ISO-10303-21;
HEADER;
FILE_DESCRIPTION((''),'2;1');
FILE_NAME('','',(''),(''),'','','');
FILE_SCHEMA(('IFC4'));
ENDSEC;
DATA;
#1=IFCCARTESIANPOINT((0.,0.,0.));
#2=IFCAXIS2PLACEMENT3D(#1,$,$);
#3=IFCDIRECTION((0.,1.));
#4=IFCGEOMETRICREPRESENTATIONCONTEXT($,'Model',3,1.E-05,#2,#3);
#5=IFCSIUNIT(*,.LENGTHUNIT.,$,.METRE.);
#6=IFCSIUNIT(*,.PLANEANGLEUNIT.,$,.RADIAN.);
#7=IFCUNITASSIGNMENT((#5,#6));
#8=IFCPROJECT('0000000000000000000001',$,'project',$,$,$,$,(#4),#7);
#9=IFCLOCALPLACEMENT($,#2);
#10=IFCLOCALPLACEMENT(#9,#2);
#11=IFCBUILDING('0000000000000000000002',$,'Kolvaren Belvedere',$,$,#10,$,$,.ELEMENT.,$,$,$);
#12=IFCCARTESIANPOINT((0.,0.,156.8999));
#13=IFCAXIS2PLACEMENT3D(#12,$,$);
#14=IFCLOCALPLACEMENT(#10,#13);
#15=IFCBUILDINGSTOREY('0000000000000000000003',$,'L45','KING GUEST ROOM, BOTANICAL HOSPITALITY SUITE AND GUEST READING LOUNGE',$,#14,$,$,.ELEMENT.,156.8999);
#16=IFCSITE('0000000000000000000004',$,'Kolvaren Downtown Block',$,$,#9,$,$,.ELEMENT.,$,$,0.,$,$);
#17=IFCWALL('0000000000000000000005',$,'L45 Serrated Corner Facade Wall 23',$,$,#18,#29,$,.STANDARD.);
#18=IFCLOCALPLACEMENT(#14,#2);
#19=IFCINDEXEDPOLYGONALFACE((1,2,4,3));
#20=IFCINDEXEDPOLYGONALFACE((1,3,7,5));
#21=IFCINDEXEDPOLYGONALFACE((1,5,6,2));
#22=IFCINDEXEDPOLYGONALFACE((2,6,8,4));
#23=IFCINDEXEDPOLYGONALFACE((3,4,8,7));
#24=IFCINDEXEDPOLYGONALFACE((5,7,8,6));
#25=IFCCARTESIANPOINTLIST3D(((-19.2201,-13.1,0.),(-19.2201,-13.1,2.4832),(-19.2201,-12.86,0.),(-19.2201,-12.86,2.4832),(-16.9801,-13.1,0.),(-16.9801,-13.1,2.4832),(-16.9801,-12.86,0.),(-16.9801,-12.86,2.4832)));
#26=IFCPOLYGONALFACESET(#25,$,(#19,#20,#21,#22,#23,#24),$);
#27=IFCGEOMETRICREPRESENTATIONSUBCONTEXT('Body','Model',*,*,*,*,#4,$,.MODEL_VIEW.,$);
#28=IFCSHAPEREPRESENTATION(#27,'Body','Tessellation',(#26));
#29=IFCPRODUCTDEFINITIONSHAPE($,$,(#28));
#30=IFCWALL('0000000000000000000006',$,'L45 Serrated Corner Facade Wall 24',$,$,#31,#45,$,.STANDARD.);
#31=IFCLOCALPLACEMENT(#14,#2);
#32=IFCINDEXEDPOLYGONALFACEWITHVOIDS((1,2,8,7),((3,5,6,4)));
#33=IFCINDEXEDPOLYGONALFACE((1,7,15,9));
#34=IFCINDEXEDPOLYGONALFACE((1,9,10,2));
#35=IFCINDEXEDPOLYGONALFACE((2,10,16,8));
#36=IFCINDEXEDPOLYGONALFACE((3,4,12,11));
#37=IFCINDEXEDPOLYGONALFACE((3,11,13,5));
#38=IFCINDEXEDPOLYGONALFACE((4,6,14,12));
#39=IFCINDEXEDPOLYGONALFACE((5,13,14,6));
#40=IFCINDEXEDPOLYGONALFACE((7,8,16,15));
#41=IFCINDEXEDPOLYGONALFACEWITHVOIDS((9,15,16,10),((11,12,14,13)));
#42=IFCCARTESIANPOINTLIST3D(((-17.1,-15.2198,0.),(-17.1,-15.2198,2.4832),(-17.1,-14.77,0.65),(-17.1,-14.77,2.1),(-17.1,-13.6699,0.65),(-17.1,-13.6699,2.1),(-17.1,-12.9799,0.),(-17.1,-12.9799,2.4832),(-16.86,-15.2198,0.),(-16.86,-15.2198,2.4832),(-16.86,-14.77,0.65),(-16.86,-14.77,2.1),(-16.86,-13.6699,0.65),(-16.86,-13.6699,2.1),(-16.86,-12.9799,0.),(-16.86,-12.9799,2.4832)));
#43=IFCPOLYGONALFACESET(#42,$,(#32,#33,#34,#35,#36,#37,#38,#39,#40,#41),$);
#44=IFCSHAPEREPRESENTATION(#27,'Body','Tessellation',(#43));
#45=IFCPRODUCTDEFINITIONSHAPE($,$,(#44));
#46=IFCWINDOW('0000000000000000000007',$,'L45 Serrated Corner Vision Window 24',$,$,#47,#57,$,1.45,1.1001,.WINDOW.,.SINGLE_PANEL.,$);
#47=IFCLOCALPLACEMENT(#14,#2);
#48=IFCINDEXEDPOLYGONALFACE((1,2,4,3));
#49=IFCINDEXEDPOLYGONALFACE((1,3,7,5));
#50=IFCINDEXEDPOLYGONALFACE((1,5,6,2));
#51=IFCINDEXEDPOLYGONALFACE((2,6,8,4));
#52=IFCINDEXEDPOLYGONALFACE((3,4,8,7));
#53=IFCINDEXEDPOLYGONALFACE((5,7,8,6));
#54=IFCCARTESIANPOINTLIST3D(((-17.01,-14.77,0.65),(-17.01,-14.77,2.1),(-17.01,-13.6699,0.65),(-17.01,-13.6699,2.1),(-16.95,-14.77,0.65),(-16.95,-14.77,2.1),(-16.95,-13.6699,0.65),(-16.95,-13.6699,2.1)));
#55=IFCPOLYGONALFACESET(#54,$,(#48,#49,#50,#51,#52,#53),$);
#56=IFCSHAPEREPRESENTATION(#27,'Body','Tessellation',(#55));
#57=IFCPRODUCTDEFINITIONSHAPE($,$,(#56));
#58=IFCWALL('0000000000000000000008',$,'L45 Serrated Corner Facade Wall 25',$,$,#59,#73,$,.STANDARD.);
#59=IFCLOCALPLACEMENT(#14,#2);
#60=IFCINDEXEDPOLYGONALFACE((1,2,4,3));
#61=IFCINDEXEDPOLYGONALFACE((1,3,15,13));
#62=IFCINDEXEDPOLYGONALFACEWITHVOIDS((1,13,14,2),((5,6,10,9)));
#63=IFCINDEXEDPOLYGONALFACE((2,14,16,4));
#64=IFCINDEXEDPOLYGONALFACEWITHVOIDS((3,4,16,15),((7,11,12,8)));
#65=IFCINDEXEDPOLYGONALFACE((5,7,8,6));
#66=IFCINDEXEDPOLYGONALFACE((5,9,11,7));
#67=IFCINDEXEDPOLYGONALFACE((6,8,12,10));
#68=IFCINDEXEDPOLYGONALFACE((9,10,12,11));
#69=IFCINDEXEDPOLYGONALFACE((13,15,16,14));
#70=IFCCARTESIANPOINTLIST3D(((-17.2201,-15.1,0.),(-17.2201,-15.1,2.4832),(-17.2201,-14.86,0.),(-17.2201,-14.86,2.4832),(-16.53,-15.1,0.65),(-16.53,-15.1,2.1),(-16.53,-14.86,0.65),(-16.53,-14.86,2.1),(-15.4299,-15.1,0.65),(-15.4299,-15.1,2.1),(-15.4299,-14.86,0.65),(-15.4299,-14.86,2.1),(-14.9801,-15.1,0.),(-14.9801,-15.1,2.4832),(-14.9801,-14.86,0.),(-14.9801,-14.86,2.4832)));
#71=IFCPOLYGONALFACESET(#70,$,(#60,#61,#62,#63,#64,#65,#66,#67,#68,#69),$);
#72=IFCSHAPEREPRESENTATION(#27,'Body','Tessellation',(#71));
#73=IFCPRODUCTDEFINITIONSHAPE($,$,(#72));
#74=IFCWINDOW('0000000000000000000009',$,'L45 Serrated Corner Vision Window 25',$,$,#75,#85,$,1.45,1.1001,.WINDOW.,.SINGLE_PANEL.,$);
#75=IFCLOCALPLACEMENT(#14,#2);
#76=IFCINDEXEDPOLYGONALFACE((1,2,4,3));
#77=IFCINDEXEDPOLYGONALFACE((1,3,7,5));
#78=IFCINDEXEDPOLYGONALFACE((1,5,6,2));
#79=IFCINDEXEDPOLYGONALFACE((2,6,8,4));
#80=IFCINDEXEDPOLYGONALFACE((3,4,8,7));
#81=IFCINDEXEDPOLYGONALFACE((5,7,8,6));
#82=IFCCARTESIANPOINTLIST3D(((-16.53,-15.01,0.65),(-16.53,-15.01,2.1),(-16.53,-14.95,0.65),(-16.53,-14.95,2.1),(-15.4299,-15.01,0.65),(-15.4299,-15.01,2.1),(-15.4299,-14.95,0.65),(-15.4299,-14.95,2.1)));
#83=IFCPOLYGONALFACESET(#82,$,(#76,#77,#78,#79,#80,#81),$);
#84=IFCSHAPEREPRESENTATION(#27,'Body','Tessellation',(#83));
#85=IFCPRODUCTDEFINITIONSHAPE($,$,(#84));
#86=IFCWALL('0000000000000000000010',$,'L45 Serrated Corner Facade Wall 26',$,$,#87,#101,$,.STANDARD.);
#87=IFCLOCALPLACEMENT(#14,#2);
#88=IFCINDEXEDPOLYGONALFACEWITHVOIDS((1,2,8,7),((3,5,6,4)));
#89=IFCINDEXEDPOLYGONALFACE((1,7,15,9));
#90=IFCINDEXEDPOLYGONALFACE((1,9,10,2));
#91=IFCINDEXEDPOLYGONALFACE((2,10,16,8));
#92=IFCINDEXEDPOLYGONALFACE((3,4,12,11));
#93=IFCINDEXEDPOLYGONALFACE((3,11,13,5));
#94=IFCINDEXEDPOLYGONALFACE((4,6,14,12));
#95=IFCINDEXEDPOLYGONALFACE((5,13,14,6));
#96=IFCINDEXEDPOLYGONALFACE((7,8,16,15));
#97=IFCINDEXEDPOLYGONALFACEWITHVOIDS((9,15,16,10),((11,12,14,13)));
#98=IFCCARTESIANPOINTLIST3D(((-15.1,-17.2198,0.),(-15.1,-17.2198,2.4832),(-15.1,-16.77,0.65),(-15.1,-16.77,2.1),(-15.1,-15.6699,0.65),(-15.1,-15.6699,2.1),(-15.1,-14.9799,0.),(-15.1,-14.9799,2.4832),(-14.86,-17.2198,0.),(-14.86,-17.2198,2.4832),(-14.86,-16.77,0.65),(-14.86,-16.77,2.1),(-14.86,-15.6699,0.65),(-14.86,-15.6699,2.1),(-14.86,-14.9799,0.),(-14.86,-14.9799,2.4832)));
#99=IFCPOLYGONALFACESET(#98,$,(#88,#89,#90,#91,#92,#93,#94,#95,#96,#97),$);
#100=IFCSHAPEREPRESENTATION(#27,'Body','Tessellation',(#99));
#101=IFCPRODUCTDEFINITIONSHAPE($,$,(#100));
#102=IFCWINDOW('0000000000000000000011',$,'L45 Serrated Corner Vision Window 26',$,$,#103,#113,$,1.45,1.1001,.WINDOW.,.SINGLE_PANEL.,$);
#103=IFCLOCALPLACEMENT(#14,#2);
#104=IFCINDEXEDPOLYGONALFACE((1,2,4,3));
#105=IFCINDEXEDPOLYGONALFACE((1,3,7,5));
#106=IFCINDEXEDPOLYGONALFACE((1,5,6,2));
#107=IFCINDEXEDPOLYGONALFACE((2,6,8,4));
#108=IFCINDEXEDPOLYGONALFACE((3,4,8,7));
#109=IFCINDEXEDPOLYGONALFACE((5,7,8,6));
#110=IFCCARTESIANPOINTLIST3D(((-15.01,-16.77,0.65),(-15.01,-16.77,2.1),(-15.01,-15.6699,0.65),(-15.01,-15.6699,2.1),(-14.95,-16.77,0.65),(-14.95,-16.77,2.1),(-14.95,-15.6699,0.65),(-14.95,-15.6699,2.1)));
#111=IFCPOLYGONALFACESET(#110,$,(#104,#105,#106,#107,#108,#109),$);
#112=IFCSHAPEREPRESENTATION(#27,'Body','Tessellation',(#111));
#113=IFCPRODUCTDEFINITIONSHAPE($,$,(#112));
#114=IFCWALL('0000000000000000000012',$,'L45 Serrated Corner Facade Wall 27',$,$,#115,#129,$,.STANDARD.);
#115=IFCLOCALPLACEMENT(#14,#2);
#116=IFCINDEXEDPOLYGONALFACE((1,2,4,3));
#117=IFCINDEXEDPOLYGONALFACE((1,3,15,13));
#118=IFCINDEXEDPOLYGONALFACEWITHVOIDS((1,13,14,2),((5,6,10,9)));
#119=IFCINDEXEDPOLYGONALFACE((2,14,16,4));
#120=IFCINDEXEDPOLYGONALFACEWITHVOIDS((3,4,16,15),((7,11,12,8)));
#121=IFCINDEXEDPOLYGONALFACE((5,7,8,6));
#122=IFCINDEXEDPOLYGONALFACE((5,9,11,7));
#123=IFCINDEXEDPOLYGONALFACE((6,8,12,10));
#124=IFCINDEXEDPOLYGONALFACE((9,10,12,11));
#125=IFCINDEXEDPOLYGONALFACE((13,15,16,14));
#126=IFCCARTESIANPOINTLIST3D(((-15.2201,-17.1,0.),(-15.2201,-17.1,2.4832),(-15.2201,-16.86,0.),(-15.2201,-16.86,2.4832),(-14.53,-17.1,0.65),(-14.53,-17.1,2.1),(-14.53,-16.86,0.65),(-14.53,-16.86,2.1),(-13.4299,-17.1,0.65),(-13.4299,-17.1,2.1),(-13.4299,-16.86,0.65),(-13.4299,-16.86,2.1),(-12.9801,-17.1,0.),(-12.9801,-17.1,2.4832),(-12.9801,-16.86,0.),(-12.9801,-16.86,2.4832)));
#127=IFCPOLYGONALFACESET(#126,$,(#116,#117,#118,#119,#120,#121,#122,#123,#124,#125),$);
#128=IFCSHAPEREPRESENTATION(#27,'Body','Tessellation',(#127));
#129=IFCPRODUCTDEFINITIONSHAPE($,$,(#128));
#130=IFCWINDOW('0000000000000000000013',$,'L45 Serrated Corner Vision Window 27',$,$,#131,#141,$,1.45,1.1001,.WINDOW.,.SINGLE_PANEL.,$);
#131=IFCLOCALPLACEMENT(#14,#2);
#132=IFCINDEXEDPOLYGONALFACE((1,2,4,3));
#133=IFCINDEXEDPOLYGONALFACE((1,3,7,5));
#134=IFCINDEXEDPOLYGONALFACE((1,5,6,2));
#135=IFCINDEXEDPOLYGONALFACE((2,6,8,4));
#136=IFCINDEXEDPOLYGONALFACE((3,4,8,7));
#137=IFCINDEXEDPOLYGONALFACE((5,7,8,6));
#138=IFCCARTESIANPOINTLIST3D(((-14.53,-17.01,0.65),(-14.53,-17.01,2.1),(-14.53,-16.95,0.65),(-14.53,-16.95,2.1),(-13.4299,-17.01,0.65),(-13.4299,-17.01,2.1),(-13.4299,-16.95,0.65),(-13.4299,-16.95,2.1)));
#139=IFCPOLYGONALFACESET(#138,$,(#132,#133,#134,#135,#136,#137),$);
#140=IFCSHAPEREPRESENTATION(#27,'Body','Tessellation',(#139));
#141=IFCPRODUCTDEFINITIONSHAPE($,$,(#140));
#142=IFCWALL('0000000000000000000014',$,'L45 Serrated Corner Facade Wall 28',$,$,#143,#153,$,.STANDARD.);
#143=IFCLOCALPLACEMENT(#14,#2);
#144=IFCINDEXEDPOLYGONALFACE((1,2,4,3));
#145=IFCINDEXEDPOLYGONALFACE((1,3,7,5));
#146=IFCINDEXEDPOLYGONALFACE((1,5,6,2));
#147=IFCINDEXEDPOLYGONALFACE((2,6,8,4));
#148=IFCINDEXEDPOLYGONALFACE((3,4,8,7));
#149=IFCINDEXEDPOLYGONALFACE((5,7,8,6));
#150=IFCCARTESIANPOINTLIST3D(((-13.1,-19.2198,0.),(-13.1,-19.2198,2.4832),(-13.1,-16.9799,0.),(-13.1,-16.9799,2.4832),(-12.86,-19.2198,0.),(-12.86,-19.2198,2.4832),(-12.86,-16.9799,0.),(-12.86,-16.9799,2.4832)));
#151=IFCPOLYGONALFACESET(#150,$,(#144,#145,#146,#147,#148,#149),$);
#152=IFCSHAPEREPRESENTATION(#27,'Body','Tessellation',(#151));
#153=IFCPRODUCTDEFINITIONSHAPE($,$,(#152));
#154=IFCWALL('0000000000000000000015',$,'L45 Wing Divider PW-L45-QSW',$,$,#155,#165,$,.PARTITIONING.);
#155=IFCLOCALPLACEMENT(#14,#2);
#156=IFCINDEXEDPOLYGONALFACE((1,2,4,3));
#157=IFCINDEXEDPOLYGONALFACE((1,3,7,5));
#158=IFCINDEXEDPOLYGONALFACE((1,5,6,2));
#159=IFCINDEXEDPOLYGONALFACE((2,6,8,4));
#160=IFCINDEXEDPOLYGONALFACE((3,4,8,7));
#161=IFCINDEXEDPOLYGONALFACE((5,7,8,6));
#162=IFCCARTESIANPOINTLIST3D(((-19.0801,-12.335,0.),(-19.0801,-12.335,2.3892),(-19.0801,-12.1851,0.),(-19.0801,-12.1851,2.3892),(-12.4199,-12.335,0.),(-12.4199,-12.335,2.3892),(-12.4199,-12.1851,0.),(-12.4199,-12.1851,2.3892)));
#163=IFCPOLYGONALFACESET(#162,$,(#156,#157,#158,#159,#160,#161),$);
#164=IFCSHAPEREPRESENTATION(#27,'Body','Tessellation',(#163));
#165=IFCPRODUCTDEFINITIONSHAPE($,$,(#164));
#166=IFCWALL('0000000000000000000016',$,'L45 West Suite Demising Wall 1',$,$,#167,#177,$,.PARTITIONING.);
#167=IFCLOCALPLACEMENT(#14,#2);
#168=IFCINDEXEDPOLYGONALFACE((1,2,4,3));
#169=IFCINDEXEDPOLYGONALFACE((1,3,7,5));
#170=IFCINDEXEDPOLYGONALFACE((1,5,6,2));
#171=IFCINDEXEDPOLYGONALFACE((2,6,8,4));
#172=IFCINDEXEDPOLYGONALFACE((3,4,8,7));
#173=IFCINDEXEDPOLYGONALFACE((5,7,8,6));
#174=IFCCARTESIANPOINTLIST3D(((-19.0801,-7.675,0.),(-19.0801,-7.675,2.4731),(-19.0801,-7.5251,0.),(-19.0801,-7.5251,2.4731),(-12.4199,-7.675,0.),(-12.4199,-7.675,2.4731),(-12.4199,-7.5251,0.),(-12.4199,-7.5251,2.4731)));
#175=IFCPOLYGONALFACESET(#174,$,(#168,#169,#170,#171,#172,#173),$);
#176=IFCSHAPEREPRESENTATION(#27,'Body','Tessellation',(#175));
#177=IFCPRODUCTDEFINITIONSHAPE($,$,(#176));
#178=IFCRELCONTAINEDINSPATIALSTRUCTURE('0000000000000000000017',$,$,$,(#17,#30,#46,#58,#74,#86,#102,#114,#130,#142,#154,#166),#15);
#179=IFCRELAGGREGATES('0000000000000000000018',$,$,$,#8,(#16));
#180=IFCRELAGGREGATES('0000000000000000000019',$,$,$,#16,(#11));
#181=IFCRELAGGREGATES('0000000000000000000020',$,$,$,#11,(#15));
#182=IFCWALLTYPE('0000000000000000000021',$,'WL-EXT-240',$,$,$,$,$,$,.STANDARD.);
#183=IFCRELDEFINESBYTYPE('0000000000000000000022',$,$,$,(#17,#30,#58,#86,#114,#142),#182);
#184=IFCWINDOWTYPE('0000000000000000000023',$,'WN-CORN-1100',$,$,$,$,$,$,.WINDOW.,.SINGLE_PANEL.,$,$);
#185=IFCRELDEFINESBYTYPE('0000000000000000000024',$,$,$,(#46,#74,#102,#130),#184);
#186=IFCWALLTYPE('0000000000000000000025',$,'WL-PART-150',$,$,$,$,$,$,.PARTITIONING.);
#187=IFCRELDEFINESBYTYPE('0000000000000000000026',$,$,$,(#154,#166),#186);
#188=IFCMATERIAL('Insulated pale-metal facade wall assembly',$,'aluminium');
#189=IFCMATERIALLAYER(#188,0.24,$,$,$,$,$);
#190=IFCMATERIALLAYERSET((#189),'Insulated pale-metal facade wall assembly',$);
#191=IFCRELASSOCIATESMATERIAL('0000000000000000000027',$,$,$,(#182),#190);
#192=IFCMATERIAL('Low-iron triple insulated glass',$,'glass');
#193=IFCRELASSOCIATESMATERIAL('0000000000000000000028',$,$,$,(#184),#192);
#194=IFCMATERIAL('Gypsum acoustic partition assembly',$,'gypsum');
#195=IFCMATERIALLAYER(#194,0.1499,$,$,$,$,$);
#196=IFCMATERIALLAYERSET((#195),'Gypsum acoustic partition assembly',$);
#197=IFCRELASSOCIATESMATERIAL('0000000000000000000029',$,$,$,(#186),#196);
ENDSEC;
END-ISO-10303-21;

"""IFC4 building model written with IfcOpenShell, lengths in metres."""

from ifc_helpers import new_model, si_unit, direction, frame, frame_2d, origin, place, context, subcontext, project, spatial, rectangle, extrude, material, layer, layer_set, type_object, element, fill, save


model = new_model("IFC4")

# Units and contexts
model_context = context("Model", 3, precision=1e-05, world=origin(), true_north=direction((0.0, 1.0)))
body_context = subcontext(model_context, "Body", "Model", "MODEL_VIEW")
ifc_project = project(units=[si_unit("LENGTHUNIT", "METRE"), si_unit("PLANEANGLEUNIT", "RADIAN")], contexts=[model_context])

# Site, building, storey
site_placement = place(None, origin())
site = spatial("IfcSite", under=ifc_project, at=site_placement, Name="Kolvaren Downtown Block", CompositionType="ELEMENT", RefElevation=0.0)
building_placement = place(site_placement, origin())
building = spatial("IfcBuilding", under=site, at=building_placement, Name="Kolvaren Belvedere", CompositionType="ELEMENT")
storey_placement = place(building_placement, frame((0.0, 0.0, 156.8999)))
storey = spatial("IfcBuildingStorey", under=building, at=storey_placement, Name="L45", Description="KING GUEST ROOM, BOTANICAL HOSPITALITY SUITE AND GUEST READING LOUNGE", CompositionType="ELEMENT", Elevation=156.8999)

# Wall
ifc_material_1 = material(Name="Insulated pale-metal facade wall assembly", Category="aluminium")
ifc_layer_1 = layer(ifc_material_1, 0.24)
ifc_layer_set_1 = layer_set([ifc_layer_1], Name="Insulated pale-metal facade wall assembly")
wall_type_1 = type_object("IfcWallType", Name="WL-EXT-240", PredefinedType="STANDARD", material=ifc_layer_set_1)
wall_1_placement = place(storey_placement, frame((-16.98, -12.98, 0.0), z_axis=(0.0, 0.0, 1.0), x_axis=(-1.0, 0.0, 0.0)))
element("IfcWall", 1, at=wall_1_placement, inside=storey, type_object=wall_type_1, Name="L45 Serrated Corner Facade Wall 23", PredefinedType="STANDARD", context=body_context, shape_type="SweptSolid", body=[
    extrude(rectangle(XDim=2.24, YDim=0.24, at=frame_2d((1.1201, 0.0))), origin(), (0.0, 0.0, 1.0), 2.4832),
])

# Walls, openings, windows
wall_2_placement = place(storey_placement, frame((-16.98, -15.22, 0.0), z_axis=(0.0, 0.0, 1.0), x_axis=(0.0, 1.0, 0.0)))
wall_2 = element("IfcWall", 2, at=wall_2_placement, inside=storey, type_object=wall_type_1, Name="L45 Serrated Corner Facade Wall 24", PredefinedType="STANDARD", context=body_context, shape_type="SweptSolid", body=[
    extrude(rectangle(XDim=2.24, YDim=0.24, at=frame_2d((1.1201, 0.0))), origin(), (0.0, 0.0, 1.0), 2.4832),
])
opening_1_placement = place(wall_2_placement, frame((0.45, 0.0, 0.6499)))
opening_1 = element("IfcOpeningElement", 3, at=opening_1_placement, cuts=wall_2, PredefinedType="OPENING", context=body_context, shape_type="SweptSolid", body=[
    extrude(rectangle(XDim=1.1001, YDim=1.45, at=frame_2d((0.55, 0.7251))), frame((0.0, 0.1299, 0.0), z_axis=(0.0, -1.0, 0.0), x_axis=(1.0, 0.0, 0.0)), (0.0, 0.0, 1.0), 0.26),
])
ifc_material_2 = material(Name="Low-iron triple insulated glass", Category="glass")
window_type = type_object("IfcWindowType", Name="WN-CORN-1100", PartitioningType="SINGLE_PANEL", PredefinedType="WINDOW", material=ifc_material_2)
window_1_placement = place(opening_1_placement, origin())
window_1 = element("IfcWindow", 4, at=window_1_placement, inside=storey, type_object=window_type, Name="L45 Serrated Corner Vision Window 24", OverallHeight=1.45, OverallWidth=1.1001, PartitioningType="SINGLE_PANEL", PredefinedType="WINDOW", context=body_context, shape_type="SweptSolid", body=[
    extrude(rectangle(XDim=1.1001, YDim=1.45, at=frame_2d((0.55, 0.7251))), frame((0.0, 0.03, 0.0), z_axis=(0.0, -1.0, 0.0), x_axis=(1.0, 0.0, 0.0)), (0.0, 0.0, 1.0), 0.0601),
])
fill(opening_1, window_1)
wall_3_placement = place(storey_placement, frame((-14.98, -14.98, 0.0), z_axis=(0.0, 0.0, 1.0), x_axis=(-1.0, 0.0, 0.0)))
wall_3 = element("IfcWall", 5, at=wall_3_placement, inside=storey, type_object=wall_type_1, Name="L45 Serrated Corner Facade Wall 25", PredefinedType="STANDARD", context=body_context, shape_type="SweptSolid", body=[
    extrude(rectangle(XDim=2.24, YDim=0.24, at=frame_2d((1.1201, 0.0))), origin(), (0.0, 0.0, 1.0), 2.4832),
])
opening_2_placement = place(wall_3_placement, frame((0.45, 0.0, 0.6499)))
opening_2 = element("IfcOpeningElement", 6, at=opening_2_placement, cuts=wall_3, PredefinedType="OPENING", context=body_context, shape_type="SweptSolid", body=[
    extrude(rectangle(XDim=1.1001, YDim=1.45, at=frame_2d((0.55, 0.7251))), frame((0.0, 0.1299, 0.0), z_axis=(0.0, -1.0, 0.0), x_axis=(1.0, 0.0, 0.0)), (0.0, 0.0, 1.0), 0.26),
])
window_2_placement = place(opening_2_placement, origin())
window_2 = element("IfcWindow", 7, at=window_2_placement, inside=storey, type_object=window_type, Name="L45 Serrated Corner Vision Window 25", OverallHeight=1.45, OverallWidth=1.1001, PartitioningType="SINGLE_PANEL", PredefinedType="WINDOW", context=body_context, shape_type="SweptSolid", body=[
    extrude(rectangle(XDim=1.1001, YDim=1.45, at=frame_2d((0.55, 0.7251))), frame((0.0, 0.03, 0.0), z_axis=(0.0, -1.0, 0.0), x_axis=(1.0, 0.0, 0.0)), (0.0, 0.0, 1.0), 0.0601),
])
fill(opening_2, window_2)
wall_4_placement = place(storey_placement, frame((-14.98, -17.22, 0.0), z_axis=(0.0, 0.0, 1.0), x_axis=(0.0, 1.0, 0.0)))
wall_4 = element("IfcWall", 8, at=wall_4_placement, inside=storey, type_object=wall_type_1, Name="L45 Serrated Corner Facade Wall 26", PredefinedType="STANDARD", context=body_context, shape_type="SweptSolid", body=[
    extrude(rectangle(XDim=2.24, YDim=0.24, at=frame_2d((1.1201, 0.0))), origin(), (0.0, 0.0, 1.0), 2.4832),
])
opening_3_placement = place(wall_4_placement, frame((0.45, 0.0, 0.6499)))
opening_3 = element("IfcOpeningElement", 9, at=opening_3_placement, cuts=wall_4, PredefinedType="OPENING", context=body_context, shape_type="SweptSolid", body=[
    extrude(rectangle(XDim=1.1001, YDim=1.45, at=frame_2d((0.55, 0.7251))), frame((0.0, 0.1299, 0.0), z_axis=(0.0, -1.0, 0.0), x_axis=(1.0, 0.0, 0.0)), (0.0, 0.0, 1.0), 0.26),
])
window_3_placement = place(opening_3_placement, origin())
window_3 = element("IfcWindow", 10, at=window_3_placement, inside=storey, type_object=window_type, Name="L45 Serrated Corner Vision Window 26", OverallHeight=1.45, OverallWidth=1.1001, PartitioningType="SINGLE_PANEL", PredefinedType="WINDOW", context=body_context, shape_type="SweptSolid", body=[
    extrude(rectangle(XDim=1.1001, YDim=1.45, at=frame_2d((0.55, 0.7251))), frame((0.0, 0.03, 0.0), z_axis=(0.0, -1.0, 0.0), x_axis=(1.0, 0.0, 0.0)), (0.0, 0.0, 1.0), 0.0601),
])
fill(opening_3, window_3)
wall_5_placement = place(storey_placement, frame((-12.98, -16.98, 0.0), z_axis=(0.0, 0.0, 1.0), x_axis=(-1.0, 0.0, 0.0)))
wall_5 = element("IfcWall", 11, at=wall_5_placement, inside=storey, type_object=wall_type_1, Name="L45 Serrated Corner Facade Wall 27", PredefinedType="STANDARD", context=body_context, shape_type="SweptSolid", body=[
    extrude(rectangle(XDim=2.24, YDim=0.24, at=frame_2d((1.1201, 0.0))), origin(), (0.0, 0.0, 1.0), 2.4832),
])
opening_4_placement = place(wall_5_placement, frame((0.45, 0.0, 0.6499)))
opening_4 = element("IfcOpeningElement", 12, at=opening_4_placement, cuts=wall_5, PredefinedType="OPENING", context=body_context, shape_type="SweptSolid", body=[
    extrude(rectangle(XDim=1.1001, YDim=1.45, at=frame_2d((0.55, 0.7251))), frame((0.0, 0.1299, 0.0), z_axis=(0.0, -1.0, 0.0), x_axis=(1.0, 0.0, 0.0)), (0.0, 0.0, 1.0), 0.26),
])
window_4_placement = place(opening_4_placement, origin())
window_4 = element("IfcWindow", 13, at=window_4_placement, inside=storey, type_object=window_type, Name="L45 Serrated Corner Vision Window 27", OverallHeight=1.45, OverallWidth=1.1001, PartitioningType="SINGLE_PANEL", PredefinedType="WINDOW", context=body_context, shape_type="SweptSolid", body=[
    extrude(rectangle(XDim=1.1001, YDim=1.45, at=frame_2d((0.55, 0.7251))), frame((0.0, 0.03, 0.0), z_axis=(0.0, -1.0, 0.0), x_axis=(1.0, 0.0, 0.0)), (0.0, 0.0, 1.0), 0.0601),
])
fill(opening_4, window_4)

# Walls
wall_6_placement = place(storey_placement, frame((-12.98, -19.22, 0.0), z_axis=(0.0, 0.0, 1.0), x_axis=(0.0, 1.0, 0.0)))
element("IfcWall", 14, at=wall_6_placement, inside=storey, type_object=wall_type_1, Name="L45 Serrated Corner Facade Wall 28", PredefinedType="STANDARD", context=body_context, shape_type="SweptSolid", body=[
    extrude(rectangle(XDim=2.24, YDim=0.24, at=frame_2d((1.1201, 0.0))), origin(), (0.0, 0.0, 1.0), 2.4832),
])
ifc_material_3 = material(Name="Gypsum acoustic partition assembly", Category="gypsum")
ifc_layer_2 = layer(ifc_material_3, 0.1499)
ifc_layer_set_2 = layer_set([ifc_layer_2], Name="Gypsum acoustic partition assembly")
wall_type_2 = type_object("IfcWallType", Name="WL-PART-150", PredefinedType="PARTITIONING", material=ifc_layer_set_2)
wall_7_placement = place(storey_placement, frame((-19.0801, -12.26, 0.0), z_axis=(0.0, 0.0, 1.0), x_axis=(1.0, 0.0, 0.0)))
element("IfcWall", 15, at=wall_7_placement, inside=storey, type_object=wall_type_2, Name="L45 Wing Divider PW-L45-QSW", PredefinedType="PARTITIONING", context=body_context, shape_type="SweptSolid", body=[
    extrude(rectangle(XDim=6.6602, YDim=0.1499, at=frame_2d((3.3301, 0.0))), origin(), (0.0, 0.0, 1.0), 2.3892),
])
wall_8_placement = place(storey_placement, frame((-19.0801, -7.6001, 0.0), z_axis=(0.0, 0.0, 1.0), x_axis=(1.0, 0.0, 0.0)))
element("IfcWall", 16, at=wall_8_placement, inside=storey, type_object=wall_type_2, Name="L45 West Suite Demising Wall 1", PredefinedType="PARTITIONING", context=body_context, shape_type="SweptSolid", body=[
    extrude(rectangle(XDim=6.6602, YDim=0.1499, at=frame_2d((3.3301, 0.0))), origin(), (0.0, 0.0, 1.0), 2.4731),
])

save(model, "model.ifc")
